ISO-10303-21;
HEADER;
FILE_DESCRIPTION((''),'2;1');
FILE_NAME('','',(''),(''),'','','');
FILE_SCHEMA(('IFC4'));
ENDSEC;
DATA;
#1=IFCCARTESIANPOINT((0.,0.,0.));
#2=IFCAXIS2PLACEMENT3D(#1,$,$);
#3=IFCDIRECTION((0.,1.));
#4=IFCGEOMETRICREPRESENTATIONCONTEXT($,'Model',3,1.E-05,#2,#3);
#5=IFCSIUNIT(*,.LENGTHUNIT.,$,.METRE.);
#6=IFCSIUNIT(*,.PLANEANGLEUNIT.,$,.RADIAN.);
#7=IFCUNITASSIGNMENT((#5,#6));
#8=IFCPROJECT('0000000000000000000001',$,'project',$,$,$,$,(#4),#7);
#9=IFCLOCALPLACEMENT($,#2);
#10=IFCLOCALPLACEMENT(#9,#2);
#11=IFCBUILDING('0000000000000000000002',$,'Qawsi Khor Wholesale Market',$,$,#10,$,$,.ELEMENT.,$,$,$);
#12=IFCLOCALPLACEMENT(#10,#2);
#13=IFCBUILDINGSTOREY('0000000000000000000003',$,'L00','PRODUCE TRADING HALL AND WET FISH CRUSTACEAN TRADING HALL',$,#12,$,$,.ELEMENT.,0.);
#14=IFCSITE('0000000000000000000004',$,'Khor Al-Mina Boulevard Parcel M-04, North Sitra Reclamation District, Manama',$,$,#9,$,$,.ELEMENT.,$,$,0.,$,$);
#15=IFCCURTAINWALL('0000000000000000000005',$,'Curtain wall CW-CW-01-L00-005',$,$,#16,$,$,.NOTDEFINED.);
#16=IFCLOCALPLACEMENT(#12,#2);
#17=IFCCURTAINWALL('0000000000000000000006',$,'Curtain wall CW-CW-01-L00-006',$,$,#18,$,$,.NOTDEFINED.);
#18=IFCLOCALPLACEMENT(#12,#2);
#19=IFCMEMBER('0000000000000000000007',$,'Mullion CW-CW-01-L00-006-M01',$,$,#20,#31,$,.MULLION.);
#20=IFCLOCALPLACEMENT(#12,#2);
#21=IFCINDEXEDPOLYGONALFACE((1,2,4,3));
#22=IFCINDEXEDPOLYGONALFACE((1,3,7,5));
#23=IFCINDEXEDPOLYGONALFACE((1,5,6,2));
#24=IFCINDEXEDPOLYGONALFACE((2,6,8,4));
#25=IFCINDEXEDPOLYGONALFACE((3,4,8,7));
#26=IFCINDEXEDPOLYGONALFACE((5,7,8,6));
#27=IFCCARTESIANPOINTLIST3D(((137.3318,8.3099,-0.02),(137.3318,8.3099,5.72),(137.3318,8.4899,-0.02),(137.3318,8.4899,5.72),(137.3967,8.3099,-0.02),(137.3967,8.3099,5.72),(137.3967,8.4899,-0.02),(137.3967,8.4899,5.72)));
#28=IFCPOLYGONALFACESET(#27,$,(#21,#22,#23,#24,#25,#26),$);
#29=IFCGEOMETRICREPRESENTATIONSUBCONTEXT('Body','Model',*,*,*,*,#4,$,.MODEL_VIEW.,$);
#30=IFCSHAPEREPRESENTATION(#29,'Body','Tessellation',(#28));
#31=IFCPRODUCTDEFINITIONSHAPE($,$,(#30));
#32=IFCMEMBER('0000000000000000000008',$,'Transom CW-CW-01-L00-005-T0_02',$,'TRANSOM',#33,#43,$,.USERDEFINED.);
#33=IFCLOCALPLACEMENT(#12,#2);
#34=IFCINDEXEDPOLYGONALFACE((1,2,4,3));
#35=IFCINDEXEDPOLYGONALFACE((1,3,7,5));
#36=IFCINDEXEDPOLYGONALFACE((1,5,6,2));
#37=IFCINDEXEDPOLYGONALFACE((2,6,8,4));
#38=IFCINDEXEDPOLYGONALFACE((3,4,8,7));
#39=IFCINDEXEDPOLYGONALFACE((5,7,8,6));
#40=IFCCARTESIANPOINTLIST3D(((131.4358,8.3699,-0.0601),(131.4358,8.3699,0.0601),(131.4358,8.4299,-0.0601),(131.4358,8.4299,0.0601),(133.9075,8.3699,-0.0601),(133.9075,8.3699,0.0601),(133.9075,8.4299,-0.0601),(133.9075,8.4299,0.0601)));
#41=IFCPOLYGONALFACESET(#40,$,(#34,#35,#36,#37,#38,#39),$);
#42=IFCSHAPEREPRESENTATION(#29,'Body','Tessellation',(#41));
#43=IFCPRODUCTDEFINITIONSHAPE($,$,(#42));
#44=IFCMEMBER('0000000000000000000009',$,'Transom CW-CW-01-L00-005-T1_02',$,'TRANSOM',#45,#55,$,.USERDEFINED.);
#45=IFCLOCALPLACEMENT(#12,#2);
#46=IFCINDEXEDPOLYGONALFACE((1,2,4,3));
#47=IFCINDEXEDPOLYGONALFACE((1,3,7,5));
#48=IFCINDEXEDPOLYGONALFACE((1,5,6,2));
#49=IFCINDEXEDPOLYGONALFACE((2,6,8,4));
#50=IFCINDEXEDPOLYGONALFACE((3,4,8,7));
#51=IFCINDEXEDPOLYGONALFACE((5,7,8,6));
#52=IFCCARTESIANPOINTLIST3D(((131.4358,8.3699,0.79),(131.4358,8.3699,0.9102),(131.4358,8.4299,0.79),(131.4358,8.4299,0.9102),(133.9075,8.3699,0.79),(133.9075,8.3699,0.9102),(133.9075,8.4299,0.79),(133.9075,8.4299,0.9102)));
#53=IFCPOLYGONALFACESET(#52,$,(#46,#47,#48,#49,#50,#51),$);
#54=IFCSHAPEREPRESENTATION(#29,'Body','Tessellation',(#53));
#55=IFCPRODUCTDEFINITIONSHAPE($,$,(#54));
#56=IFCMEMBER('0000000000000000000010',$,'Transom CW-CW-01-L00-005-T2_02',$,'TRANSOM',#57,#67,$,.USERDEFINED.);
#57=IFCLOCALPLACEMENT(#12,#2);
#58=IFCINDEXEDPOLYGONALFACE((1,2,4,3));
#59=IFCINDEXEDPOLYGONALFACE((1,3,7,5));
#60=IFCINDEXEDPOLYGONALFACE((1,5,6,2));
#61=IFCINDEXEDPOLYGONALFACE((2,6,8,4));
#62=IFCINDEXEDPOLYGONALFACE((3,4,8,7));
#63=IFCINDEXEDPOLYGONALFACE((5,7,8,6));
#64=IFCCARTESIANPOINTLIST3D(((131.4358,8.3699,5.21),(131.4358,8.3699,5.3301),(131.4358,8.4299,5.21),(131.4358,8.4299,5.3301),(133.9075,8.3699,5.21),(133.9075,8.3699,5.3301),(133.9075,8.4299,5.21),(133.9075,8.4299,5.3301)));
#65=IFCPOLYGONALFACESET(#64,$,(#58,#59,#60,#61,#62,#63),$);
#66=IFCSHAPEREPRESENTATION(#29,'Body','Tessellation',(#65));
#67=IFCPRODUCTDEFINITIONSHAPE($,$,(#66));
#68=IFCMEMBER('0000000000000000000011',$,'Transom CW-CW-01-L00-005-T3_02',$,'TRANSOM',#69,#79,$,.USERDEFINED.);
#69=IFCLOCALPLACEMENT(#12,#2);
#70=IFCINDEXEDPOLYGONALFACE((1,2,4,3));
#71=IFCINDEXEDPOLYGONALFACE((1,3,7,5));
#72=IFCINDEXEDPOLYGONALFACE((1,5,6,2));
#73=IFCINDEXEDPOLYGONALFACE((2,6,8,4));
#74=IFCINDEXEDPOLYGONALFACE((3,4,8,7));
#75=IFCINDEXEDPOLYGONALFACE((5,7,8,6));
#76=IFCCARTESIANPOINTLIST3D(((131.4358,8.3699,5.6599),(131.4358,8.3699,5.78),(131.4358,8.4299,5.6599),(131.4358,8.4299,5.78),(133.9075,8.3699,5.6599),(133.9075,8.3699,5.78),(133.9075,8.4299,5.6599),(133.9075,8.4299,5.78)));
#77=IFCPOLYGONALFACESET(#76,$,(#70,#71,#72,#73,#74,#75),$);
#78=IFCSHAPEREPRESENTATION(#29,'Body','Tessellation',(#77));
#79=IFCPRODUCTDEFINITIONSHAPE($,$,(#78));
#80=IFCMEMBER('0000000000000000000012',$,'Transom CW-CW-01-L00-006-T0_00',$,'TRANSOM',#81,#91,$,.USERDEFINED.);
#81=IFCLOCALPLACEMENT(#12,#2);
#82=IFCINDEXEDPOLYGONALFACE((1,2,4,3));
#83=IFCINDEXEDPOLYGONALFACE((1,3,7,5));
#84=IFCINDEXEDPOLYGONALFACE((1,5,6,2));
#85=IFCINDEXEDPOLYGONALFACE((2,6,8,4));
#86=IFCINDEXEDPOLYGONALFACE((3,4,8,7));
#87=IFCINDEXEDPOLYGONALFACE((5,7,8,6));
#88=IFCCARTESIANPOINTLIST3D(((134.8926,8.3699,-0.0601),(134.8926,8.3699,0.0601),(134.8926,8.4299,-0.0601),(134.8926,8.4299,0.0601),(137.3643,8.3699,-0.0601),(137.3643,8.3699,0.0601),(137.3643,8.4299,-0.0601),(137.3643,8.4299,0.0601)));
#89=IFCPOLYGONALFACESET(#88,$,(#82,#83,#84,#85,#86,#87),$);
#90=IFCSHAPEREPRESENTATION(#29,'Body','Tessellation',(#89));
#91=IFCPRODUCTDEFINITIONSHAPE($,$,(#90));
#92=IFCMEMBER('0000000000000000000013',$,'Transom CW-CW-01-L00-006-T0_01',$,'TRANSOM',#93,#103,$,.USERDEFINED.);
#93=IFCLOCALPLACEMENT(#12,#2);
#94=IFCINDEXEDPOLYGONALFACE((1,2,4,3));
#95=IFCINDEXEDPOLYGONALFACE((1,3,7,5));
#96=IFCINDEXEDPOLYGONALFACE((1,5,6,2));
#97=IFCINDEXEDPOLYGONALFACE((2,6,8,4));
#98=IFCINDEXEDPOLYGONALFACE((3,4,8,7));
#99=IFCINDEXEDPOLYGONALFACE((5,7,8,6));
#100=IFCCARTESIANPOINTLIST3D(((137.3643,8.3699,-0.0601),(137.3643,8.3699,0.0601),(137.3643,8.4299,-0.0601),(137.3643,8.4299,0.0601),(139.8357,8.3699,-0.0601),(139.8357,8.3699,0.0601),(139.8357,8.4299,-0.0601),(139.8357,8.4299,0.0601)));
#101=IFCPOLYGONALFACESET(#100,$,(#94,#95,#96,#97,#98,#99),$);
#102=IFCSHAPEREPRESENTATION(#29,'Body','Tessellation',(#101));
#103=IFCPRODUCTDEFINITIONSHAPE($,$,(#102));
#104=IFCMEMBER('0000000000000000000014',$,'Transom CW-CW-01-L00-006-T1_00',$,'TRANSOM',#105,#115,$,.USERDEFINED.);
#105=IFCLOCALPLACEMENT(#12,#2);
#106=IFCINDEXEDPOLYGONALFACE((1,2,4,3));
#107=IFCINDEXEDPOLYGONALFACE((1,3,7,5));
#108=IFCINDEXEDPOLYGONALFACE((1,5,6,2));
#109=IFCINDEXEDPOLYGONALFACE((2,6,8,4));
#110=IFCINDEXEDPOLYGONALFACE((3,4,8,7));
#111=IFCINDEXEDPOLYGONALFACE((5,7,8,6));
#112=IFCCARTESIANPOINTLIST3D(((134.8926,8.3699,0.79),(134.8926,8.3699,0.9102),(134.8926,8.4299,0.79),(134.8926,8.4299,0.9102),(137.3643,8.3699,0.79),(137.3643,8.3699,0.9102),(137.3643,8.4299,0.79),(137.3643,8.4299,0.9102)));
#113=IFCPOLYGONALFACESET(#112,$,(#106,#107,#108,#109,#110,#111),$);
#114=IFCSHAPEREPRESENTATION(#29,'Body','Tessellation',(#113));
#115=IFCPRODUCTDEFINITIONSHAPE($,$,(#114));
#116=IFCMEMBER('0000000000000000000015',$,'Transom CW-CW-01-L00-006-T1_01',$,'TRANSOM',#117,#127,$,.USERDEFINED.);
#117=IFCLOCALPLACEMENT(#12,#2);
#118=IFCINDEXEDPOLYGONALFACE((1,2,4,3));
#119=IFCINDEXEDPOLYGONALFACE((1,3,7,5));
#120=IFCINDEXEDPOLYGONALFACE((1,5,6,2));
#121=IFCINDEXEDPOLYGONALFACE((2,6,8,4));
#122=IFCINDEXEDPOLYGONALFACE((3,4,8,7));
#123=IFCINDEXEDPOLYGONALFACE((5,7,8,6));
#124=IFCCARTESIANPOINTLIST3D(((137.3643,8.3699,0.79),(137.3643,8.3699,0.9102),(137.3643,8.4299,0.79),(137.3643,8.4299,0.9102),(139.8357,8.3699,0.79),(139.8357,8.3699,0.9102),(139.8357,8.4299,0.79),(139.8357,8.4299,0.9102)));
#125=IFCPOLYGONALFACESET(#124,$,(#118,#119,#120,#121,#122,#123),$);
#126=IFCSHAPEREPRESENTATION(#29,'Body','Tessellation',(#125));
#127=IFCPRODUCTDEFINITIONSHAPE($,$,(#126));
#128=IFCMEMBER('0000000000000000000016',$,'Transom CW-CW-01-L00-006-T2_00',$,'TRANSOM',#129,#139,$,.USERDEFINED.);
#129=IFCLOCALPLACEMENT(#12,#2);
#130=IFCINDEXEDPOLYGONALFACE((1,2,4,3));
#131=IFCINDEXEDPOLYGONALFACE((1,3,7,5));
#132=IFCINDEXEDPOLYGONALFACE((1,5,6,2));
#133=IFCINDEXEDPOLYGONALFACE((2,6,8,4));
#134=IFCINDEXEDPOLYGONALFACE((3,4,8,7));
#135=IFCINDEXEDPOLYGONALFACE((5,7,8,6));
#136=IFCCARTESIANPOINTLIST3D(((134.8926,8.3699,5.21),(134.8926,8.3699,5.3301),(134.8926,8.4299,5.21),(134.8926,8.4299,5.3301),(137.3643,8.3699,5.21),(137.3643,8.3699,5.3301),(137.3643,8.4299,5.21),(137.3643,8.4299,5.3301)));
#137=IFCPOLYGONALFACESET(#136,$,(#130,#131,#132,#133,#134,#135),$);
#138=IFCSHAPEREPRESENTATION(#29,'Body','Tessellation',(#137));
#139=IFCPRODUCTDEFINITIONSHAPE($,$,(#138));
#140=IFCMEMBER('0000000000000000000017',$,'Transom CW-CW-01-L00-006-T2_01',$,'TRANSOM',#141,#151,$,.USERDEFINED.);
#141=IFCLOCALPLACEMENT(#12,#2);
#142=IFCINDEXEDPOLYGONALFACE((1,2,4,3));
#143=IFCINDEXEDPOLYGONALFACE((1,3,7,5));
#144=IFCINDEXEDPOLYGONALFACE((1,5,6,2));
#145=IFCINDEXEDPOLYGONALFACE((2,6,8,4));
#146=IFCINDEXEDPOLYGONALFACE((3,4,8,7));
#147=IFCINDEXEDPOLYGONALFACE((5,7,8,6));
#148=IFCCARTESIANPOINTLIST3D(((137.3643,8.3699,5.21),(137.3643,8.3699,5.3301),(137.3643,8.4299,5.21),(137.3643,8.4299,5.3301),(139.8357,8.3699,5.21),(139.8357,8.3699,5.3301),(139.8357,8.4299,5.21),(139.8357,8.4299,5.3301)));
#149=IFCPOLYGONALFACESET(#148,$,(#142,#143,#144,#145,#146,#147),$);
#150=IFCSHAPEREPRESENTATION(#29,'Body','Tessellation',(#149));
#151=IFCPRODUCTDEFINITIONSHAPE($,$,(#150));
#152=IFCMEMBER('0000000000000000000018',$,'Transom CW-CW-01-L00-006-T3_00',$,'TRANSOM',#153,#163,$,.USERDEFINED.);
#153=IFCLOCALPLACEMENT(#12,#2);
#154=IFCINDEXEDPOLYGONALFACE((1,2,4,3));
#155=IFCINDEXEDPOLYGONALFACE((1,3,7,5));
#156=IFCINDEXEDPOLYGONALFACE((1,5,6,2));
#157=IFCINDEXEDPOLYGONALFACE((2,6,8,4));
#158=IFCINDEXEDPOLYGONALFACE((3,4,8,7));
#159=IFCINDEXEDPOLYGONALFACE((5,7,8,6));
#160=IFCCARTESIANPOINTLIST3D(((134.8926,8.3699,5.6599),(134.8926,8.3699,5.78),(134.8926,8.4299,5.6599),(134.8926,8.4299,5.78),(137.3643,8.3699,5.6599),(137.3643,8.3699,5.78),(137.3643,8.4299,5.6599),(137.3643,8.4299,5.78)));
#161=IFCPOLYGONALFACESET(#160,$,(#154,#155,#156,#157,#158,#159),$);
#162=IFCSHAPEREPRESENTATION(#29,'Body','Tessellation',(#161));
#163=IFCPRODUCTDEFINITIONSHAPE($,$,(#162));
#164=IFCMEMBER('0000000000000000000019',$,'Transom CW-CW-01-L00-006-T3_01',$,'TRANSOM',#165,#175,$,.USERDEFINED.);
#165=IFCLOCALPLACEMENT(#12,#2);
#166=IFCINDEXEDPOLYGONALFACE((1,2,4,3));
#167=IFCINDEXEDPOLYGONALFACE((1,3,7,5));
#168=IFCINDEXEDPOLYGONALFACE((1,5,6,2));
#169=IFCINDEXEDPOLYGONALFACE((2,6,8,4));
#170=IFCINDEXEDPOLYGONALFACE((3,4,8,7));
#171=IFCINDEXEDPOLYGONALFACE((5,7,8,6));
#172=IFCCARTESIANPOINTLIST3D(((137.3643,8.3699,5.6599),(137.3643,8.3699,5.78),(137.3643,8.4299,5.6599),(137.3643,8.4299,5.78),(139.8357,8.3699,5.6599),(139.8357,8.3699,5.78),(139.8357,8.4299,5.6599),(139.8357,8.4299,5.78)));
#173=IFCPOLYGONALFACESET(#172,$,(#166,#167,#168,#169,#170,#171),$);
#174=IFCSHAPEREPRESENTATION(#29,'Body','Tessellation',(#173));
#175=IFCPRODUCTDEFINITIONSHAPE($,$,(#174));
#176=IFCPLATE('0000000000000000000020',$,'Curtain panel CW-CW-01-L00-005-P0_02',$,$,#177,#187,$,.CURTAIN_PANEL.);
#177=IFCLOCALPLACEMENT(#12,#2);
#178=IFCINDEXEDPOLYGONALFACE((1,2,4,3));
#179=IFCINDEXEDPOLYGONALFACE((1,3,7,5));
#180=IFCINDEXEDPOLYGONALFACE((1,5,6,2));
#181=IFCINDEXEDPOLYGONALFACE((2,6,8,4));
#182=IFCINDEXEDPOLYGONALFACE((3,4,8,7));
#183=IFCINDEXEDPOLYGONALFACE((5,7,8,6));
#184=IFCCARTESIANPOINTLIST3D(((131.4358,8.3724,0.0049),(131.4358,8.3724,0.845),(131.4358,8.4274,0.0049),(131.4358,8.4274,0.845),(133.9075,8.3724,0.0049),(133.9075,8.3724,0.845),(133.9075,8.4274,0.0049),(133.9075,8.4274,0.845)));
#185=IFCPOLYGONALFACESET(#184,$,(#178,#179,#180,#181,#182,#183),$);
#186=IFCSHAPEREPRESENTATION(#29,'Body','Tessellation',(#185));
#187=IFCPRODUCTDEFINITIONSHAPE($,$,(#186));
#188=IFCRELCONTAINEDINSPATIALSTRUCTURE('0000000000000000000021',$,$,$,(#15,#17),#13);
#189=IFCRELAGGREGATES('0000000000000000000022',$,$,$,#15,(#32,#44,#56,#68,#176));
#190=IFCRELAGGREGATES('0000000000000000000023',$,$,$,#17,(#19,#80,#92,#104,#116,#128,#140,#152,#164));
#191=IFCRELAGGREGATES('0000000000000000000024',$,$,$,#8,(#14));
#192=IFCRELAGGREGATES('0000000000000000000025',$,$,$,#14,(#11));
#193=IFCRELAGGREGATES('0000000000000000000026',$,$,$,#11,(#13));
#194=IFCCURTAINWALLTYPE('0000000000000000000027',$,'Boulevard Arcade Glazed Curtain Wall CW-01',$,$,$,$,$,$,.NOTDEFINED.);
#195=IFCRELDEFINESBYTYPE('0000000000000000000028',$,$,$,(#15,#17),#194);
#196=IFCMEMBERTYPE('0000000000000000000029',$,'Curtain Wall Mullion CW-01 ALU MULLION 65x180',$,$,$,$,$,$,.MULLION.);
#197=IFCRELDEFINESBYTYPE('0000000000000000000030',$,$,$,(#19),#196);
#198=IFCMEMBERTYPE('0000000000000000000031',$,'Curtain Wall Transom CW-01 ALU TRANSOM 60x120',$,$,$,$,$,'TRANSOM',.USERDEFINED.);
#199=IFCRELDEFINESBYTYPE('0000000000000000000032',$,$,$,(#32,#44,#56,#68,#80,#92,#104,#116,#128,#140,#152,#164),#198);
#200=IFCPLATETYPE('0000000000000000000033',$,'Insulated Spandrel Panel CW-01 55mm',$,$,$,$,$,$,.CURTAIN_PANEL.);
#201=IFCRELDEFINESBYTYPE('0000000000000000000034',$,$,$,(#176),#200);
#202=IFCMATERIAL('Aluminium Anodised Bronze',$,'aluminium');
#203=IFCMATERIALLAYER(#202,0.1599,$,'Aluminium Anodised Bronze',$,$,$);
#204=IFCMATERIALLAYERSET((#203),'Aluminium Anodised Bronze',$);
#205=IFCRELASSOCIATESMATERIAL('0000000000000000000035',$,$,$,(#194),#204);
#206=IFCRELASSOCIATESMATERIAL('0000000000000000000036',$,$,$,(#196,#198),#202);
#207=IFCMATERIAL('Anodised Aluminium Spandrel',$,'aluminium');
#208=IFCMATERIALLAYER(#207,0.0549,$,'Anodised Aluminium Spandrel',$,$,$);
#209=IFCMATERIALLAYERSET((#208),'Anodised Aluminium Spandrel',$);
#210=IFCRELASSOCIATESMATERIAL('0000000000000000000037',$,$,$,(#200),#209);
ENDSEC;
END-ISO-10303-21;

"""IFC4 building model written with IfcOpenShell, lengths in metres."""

from ifc_helpers import new_model, si_unit, direction, frame, frame_2d, origin, origin_2d, place, context, subcontext, project, spatial, rectangle, extrude, material, layer, layer_set, material_profile, profile_set, type_object, element, aggregate, save


model = new_model("IFC4")

# Units and contexts
model_context = context("Model", 3, precision=1e-05, world=origin(), true_north=direction((0.0, 1.0)))
body_context = subcontext(model_context, "Body", "Model", "MODEL_VIEW")
ifc_project = project(units=[si_unit("LENGTHUNIT", "METRE"), si_unit("PLANEANGLEUNIT", "RADIAN")], contexts=[model_context])

# Site, building, storey
site_placement = place(None, origin())
site = spatial("IfcSite", under=ifc_project, at=site_placement, Name="Khor Al-Mina Boulevard Parcel M-04, North Sitra Reclamation District, Manama", CompositionType="ELEMENT", RefElevation=0.0)
building_placement = place(site_placement, origin())
building = spatial("IfcBuilding", under=site, at=building_placement, Name="Qawsi Khor Wholesale Market", CompositionType="ELEMENT")
storey_placement = place(building_placement, origin())
storey = spatial("IfcBuildingStorey", under=building, at=storey_placement, Name="L00", Description="PRODUCE TRADING HALL AND WET FISH CRUSTACEAN TRADING HALL", CompositionType="ELEMENT", Elevation=0.0)

# Curtain walls, member
ifc_material_1 = material(Name="Aluminium Anodised Bronze", Category="aluminium")
ifc_layer_1 = layer(ifc_material_1, 0.1599, Name="Aluminium Anodised Bronze")
ifc_layer_set_1 = layer_set([ifc_layer_1], Name="Aluminium Anodised Bronze")
curtain_wall_type = type_object("IfcCurtainWallType", Name="Boulevard Arcade Glazed Curtain Wall CW-01", PredefinedType="NOTDEFINED", material=ifc_layer_set_1)
curtain_wall_1_placement = place(storey_placement, origin())
curtain_wall_1 = element("IfcCurtainWall", 1, at=curtain_wall_1_placement, inside=storey, type_object=curtain_wall_type, Name="Curtain wall CW-CW-01-L00-005", PredefinedType="NOTDEFINED")
ifc_material_profile_1 = material_profile(ifc_material_1, rectangle(XDim=0.0649, YDim=0.1799, at=origin_2d()), Name="ALU MULLION 65x180")
ifc_profile_set_1 = profile_set([ifc_material_profile_1], Name="Aluminium Anodised Bronze")
member_type_1 = type_object("IfcMemberType", Name="Curtain Wall Mullion CW-01 ALU MULLION 65x180", PredefinedType="MULLION", material=ifc_profile_set_1)
curtain_wall_2_placement = place(storey_placement, origin())
curtain_wall_2 = element("IfcCurtainWall", 2, at=curtain_wall_2_placement, inside=storey, type_object=curtain_wall_type, Name="Curtain wall CW-CW-01-L00-006", PredefinedType="NOTDEFINED")
member_1_placement = place(storey_placement, frame((137.3643, 8.3999, -0.02), z_axis=(0.0, 0.0, 1.0), x_axis=(1.0, 0.0, 0.0)))
member_1 = element("IfcMember", 3, at=member_1_placement, type_object=member_type_1, Name="Mullion CW-CW-01-L00-006-M01", PredefinedType="MULLION", context=body_context, shape_type="SweptSolid", body=[
    extrude(rectangle(XDim=0.0649, YDim=0.1799, at=origin_2d()), origin(), (0.0, 0.0, 1.0), 5.74),
])

# Members
ifc_material_profile_2 = material_profile(ifc_material_1, rectangle(XDim=0.0601, YDim=0.1201, at=origin_2d()), Name="ALU TRANSOM 60x120")
ifc_profile_set_2 = profile_set([ifc_material_profile_2], Name="Aluminium Anodised Bronze")
member_type_2 = type_object("IfcMemberType", Name="Curtain Wall Transom CW-01 ALU TRANSOM 60x120", ElementType="TRANSOM", PredefinedType="USERDEFINED", material=ifc_profile_set_2)
member_2_placement = place(storey_placement, frame((131.4358, 8.3999, 0.0), z_axis=(1.0, 0.0, 0.0), x_axis=(0.0, 1.0, 0.0)))
member_2 = element("IfcMember", 4, at=member_2_placement, type_object=member_type_2, Name="Transom CW-CW-01-L00-005-T0_02", ObjectType="TRANSOM", PredefinedType="USERDEFINED", context=body_context, shape_type="SweptSolid", body=[
    extrude(rectangle(XDim=0.0601, YDim=0.1201, at=origin_2d()), origin(), (0.0, 0.0, 1.0), 2.4717),
])
member_3_placement = place(storey_placement, frame((131.4358, 8.3999, 0.8501), z_axis=(1.0, 0.0, 0.0), x_axis=(0.0, 1.0, 0.0)))
member_3 = element("IfcMember", 5, at=member_3_placement, type_object=member_type_2, Name="Transom CW-CW-01-L00-005-T1_02", ObjectType="TRANSOM", PredefinedType="USERDEFINED", context=body_context, shape_type="SweptSolid", body=[
    extrude(rectangle(XDim=0.0601, YDim=0.1201, at=origin_2d()), origin(), (0.0, 0.0, 1.0), 2.4717),
])
member_4_placement = place(storey_placement, frame((131.4358, 8.3999, 5.27), z_axis=(1.0, 0.0, 0.0), x_axis=(0.0, 1.0, 0.0)))
member_4 = element("IfcMember", 6, at=member_4_placement, type_object=member_type_2, Name="Transom CW-CW-01-L00-005-T2_02", ObjectType="TRANSOM", PredefinedType="USERDEFINED", context=body_context, shape_type="SweptSolid", body=[
    extrude(rectangle(XDim=0.0601, YDim=0.1201, at=origin_2d()), origin(), (0.0, 0.0, 1.0), 2.4717),
])
member_5_placement = place(storey_placement, frame((131.4358, 8.3999, 5.72), z_axis=(1.0, 0.0, 0.0), x_axis=(0.0, 1.0, 0.0)))
member_5 = element("IfcMember", 7, at=member_5_placement, type_object=member_type_2, Name="Transom CW-CW-01-L00-005-T3_02", ObjectType="TRANSOM", PredefinedType="USERDEFINED", context=body_context, shape_type="SweptSolid", body=[
    extrude(rectangle(XDim=0.0601, YDim=0.1201, at=origin_2d()), origin(), (0.0, 0.0, 1.0), 2.4717),
])
member_6_placement = place(storey_placement, frame((134.8926, 8.3999, 0.0), z_axis=(1.0, 0.0, 0.0), x_axis=(0.0, 1.0, 0.0)))
member_6 = element("IfcMember", 8, at=member_6_placement, type_object=member_type_2, Name="Transom CW-CW-01-L00-006-T0_00", ObjectType="TRANSOM", PredefinedType="USERDEFINED", context=body_context, shape_type="SweptSolid", body=[
    extrude(rectangle(XDim=0.0601, YDim=0.1201, at=origin_2d()), origin(), (0.0, 0.0, 1.0), 2.4717),
])
member_7_placement = place(storey_placement, frame((137.3643, 8.3999, 0.0), z_axis=(1.0, 0.0, 0.0), x_axis=(0.0, 1.0, 0.0)))
member_7 = element("IfcMember", 9, at=member_7_placement, type_object=member_type_2, Name="Transom CW-CW-01-L00-006-T0_01", ObjectType="TRANSOM", PredefinedType="USERDEFINED", context=body_context, shape_type="SweptSolid", body=[
    extrude(rectangle(XDim=0.0601, YDim=0.1201, at=origin_2d()), origin(), (0.0, 0.0, 1.0), 2.4714),
])
member_8_placement = place(storey_placement, frame((134.8926, 8.3999, 0.8501), z_axis=(1.0, 0.0, 0.0), x_axis=(0.0, 1.0, 0.0)))
member_8 = element("IfcMember", 10, at=member_8_placement, type_object=member_type_2, Name="Transom CW-CW-01-L00-006-T1_00", ObjectType="TRANSOM", PredefinedType="USERDEFINED", context=body_context, shape_type="SweptSolid", body=[
    extrude(rectangle(XDim=0.0601, YDim=0.1201, at=origin_2d()), origin(), (0.0, 0.0, 1.0), 2.4717),
])
member_9_placement = place(storey_placement, frame((137.3643, 8.3999, 0.8501), z_axis=(1.0, 0.0, 0.0), x_axis=(0.0, 1.0, 0.0)))
member_9 = element("IfcMember", 11, at=member_9_placement, type_object=member_type_2, Name="Transom CW-CW-01-L00-006-T1_01", ObjectType="TRANSOM", PredefinedType="USERDEFINED", context=body_context, shape_type="SweptSolid", body=[
    extrude(rectangle(XDim=0.0601, YDim=0.1201, at=origin_2d()), origin(), (0.0, 0.0, 1.0), 2.4714),
])
member_10_placement = place(storey_placement, frame((134.8926, 8.3999, 5.27), z_axis=(1.0, 0.0, 0.0), x_axis=(0.0, 1.0, 0.0)))
member_10 = element("IfcMember", 12, at=member_10_placement, type_object=member_type_2, Name="Transom CW-CW-01-L00-006-T2_00", ObjectType="TRANSOM", PredefinedType="USERDEFINED", context=body_context, shape_type="SweptSolid", body=[
    extrude(rectangle(XDim=0.0601, YDim=0.1201, at=origin_2d()), origin(), (0.0, 0.0, 1.0), 2.4717),
])
member_11_placement = place(storey_placement, frame((137.3643, 8.3999, 5.27), z_axis=(1.0, 0.0, 0.0), x_axis=(0.0, 1.0, 0.0)))
member_11 = element("IfcMember", 13, at=member_11_placement, type_object=member_type_2, Name="Transom CW-CW-01-L00-006-T2_01", ObjectType="TRANSOM", PredefinedType="USERDEFINED", context=body_context, shape_type="SweptSolid", body=[
    extrude(rectangle(XDim=0.0601, YDim=0.1201, at=origin_2d()), origin(), (0.0, 0.0, 1.0), 2.4714),
])
member_12_placement = place(storey_placement, frame((134.8926, 8.3999, 5.72), z_axis=(1.0, 0.0, 0.0), x_axis=(0.0, 1.0, 0.0)))
member_12 = element("IfcMember", 14, at=member_12_placement, type_object=member_type_2, Name="Transom CW-CW-01-L00-006-T3_00", ObjectType="TRANSOM", PredefinedType="USERDEFINED", context=body_context, shape_type="SweptSolid", body=[
    extrude(rectangle(XDim=0.0601, YDim=0.1201, at=origin_2d()), origin(), (0.0, 0.0, 1.0), 2.4717),
])
member_13_placement = place(storey_placement, frame((137.3643, 8.3999, 5.72), z_axis=(1.0, 0.0, 0.0), x_axis=(0.0, 1.0, 0.0)))
member_13 = element("IfcMember", 15, at=member_13_placement, type_object=member_type_2, Name="Transom CW-CW-01-L00-006-T3_01", ObjectType="TRANSOM", PredefinedType="USERDEFINED", context=body_context, shape_type="SweptSolid", body=[
    extrude(rectangle(XDim=0.0601, YDim=0.1201, at=origin_2d()), origin(), (0.0, 0.0, 1.0), 2.4714),
])

# Plate
ifc_material_2 = material(Name="Anodised Aluminium Spandrel", Category="aluminium")
ifc_layer_2 = layer(ifc_material_2, 0.0549, Name="Anodised Aluminium Spandrel")
ifc_layer_set_2 = layer_set([ifc_layer_2], Name="Anodised Aluminium Spandrel")
plate_type_1 = type_object("IfcPlateType", Name="Insulated Spandrel Panel CW-01 55mm", PredefinedType="CURTAIN_PANEL", material=ifc_layer_set_2)
plate_1_placement = place(storey_placement, frame((131.4358, 8.3999, 0.0049), z_axis=(0.0, 0.0, 1.0), x_axis=(1.0, 0.0, 0.0)))
plate_1 = element("IfcPlate", 16, at=plate_1_placement, type_object=plate_type_1, Name="Curtain panel CW-CW-01-L00-005-P0_02", PredefinedType="CURTAIN_PANEL", context=body_context, shape_type="SweptSolid", body=[
    extrude(rectangle(XDim=2.4717, YDim=0.0549, at=frame_2d((1.2358, 0.0))), origin(), (0.0, 0.0, 1.0), 0.8401),
])
aggregate(curtain_wall_1, [member_2, member_3, member_4, member_5, plate_1])
aggregate(curtain_wall_2, [member_1, member_6, member_7, member_8, member_9, member_10, member_11, member_12, member_13])

save(model, "model.ifc")
